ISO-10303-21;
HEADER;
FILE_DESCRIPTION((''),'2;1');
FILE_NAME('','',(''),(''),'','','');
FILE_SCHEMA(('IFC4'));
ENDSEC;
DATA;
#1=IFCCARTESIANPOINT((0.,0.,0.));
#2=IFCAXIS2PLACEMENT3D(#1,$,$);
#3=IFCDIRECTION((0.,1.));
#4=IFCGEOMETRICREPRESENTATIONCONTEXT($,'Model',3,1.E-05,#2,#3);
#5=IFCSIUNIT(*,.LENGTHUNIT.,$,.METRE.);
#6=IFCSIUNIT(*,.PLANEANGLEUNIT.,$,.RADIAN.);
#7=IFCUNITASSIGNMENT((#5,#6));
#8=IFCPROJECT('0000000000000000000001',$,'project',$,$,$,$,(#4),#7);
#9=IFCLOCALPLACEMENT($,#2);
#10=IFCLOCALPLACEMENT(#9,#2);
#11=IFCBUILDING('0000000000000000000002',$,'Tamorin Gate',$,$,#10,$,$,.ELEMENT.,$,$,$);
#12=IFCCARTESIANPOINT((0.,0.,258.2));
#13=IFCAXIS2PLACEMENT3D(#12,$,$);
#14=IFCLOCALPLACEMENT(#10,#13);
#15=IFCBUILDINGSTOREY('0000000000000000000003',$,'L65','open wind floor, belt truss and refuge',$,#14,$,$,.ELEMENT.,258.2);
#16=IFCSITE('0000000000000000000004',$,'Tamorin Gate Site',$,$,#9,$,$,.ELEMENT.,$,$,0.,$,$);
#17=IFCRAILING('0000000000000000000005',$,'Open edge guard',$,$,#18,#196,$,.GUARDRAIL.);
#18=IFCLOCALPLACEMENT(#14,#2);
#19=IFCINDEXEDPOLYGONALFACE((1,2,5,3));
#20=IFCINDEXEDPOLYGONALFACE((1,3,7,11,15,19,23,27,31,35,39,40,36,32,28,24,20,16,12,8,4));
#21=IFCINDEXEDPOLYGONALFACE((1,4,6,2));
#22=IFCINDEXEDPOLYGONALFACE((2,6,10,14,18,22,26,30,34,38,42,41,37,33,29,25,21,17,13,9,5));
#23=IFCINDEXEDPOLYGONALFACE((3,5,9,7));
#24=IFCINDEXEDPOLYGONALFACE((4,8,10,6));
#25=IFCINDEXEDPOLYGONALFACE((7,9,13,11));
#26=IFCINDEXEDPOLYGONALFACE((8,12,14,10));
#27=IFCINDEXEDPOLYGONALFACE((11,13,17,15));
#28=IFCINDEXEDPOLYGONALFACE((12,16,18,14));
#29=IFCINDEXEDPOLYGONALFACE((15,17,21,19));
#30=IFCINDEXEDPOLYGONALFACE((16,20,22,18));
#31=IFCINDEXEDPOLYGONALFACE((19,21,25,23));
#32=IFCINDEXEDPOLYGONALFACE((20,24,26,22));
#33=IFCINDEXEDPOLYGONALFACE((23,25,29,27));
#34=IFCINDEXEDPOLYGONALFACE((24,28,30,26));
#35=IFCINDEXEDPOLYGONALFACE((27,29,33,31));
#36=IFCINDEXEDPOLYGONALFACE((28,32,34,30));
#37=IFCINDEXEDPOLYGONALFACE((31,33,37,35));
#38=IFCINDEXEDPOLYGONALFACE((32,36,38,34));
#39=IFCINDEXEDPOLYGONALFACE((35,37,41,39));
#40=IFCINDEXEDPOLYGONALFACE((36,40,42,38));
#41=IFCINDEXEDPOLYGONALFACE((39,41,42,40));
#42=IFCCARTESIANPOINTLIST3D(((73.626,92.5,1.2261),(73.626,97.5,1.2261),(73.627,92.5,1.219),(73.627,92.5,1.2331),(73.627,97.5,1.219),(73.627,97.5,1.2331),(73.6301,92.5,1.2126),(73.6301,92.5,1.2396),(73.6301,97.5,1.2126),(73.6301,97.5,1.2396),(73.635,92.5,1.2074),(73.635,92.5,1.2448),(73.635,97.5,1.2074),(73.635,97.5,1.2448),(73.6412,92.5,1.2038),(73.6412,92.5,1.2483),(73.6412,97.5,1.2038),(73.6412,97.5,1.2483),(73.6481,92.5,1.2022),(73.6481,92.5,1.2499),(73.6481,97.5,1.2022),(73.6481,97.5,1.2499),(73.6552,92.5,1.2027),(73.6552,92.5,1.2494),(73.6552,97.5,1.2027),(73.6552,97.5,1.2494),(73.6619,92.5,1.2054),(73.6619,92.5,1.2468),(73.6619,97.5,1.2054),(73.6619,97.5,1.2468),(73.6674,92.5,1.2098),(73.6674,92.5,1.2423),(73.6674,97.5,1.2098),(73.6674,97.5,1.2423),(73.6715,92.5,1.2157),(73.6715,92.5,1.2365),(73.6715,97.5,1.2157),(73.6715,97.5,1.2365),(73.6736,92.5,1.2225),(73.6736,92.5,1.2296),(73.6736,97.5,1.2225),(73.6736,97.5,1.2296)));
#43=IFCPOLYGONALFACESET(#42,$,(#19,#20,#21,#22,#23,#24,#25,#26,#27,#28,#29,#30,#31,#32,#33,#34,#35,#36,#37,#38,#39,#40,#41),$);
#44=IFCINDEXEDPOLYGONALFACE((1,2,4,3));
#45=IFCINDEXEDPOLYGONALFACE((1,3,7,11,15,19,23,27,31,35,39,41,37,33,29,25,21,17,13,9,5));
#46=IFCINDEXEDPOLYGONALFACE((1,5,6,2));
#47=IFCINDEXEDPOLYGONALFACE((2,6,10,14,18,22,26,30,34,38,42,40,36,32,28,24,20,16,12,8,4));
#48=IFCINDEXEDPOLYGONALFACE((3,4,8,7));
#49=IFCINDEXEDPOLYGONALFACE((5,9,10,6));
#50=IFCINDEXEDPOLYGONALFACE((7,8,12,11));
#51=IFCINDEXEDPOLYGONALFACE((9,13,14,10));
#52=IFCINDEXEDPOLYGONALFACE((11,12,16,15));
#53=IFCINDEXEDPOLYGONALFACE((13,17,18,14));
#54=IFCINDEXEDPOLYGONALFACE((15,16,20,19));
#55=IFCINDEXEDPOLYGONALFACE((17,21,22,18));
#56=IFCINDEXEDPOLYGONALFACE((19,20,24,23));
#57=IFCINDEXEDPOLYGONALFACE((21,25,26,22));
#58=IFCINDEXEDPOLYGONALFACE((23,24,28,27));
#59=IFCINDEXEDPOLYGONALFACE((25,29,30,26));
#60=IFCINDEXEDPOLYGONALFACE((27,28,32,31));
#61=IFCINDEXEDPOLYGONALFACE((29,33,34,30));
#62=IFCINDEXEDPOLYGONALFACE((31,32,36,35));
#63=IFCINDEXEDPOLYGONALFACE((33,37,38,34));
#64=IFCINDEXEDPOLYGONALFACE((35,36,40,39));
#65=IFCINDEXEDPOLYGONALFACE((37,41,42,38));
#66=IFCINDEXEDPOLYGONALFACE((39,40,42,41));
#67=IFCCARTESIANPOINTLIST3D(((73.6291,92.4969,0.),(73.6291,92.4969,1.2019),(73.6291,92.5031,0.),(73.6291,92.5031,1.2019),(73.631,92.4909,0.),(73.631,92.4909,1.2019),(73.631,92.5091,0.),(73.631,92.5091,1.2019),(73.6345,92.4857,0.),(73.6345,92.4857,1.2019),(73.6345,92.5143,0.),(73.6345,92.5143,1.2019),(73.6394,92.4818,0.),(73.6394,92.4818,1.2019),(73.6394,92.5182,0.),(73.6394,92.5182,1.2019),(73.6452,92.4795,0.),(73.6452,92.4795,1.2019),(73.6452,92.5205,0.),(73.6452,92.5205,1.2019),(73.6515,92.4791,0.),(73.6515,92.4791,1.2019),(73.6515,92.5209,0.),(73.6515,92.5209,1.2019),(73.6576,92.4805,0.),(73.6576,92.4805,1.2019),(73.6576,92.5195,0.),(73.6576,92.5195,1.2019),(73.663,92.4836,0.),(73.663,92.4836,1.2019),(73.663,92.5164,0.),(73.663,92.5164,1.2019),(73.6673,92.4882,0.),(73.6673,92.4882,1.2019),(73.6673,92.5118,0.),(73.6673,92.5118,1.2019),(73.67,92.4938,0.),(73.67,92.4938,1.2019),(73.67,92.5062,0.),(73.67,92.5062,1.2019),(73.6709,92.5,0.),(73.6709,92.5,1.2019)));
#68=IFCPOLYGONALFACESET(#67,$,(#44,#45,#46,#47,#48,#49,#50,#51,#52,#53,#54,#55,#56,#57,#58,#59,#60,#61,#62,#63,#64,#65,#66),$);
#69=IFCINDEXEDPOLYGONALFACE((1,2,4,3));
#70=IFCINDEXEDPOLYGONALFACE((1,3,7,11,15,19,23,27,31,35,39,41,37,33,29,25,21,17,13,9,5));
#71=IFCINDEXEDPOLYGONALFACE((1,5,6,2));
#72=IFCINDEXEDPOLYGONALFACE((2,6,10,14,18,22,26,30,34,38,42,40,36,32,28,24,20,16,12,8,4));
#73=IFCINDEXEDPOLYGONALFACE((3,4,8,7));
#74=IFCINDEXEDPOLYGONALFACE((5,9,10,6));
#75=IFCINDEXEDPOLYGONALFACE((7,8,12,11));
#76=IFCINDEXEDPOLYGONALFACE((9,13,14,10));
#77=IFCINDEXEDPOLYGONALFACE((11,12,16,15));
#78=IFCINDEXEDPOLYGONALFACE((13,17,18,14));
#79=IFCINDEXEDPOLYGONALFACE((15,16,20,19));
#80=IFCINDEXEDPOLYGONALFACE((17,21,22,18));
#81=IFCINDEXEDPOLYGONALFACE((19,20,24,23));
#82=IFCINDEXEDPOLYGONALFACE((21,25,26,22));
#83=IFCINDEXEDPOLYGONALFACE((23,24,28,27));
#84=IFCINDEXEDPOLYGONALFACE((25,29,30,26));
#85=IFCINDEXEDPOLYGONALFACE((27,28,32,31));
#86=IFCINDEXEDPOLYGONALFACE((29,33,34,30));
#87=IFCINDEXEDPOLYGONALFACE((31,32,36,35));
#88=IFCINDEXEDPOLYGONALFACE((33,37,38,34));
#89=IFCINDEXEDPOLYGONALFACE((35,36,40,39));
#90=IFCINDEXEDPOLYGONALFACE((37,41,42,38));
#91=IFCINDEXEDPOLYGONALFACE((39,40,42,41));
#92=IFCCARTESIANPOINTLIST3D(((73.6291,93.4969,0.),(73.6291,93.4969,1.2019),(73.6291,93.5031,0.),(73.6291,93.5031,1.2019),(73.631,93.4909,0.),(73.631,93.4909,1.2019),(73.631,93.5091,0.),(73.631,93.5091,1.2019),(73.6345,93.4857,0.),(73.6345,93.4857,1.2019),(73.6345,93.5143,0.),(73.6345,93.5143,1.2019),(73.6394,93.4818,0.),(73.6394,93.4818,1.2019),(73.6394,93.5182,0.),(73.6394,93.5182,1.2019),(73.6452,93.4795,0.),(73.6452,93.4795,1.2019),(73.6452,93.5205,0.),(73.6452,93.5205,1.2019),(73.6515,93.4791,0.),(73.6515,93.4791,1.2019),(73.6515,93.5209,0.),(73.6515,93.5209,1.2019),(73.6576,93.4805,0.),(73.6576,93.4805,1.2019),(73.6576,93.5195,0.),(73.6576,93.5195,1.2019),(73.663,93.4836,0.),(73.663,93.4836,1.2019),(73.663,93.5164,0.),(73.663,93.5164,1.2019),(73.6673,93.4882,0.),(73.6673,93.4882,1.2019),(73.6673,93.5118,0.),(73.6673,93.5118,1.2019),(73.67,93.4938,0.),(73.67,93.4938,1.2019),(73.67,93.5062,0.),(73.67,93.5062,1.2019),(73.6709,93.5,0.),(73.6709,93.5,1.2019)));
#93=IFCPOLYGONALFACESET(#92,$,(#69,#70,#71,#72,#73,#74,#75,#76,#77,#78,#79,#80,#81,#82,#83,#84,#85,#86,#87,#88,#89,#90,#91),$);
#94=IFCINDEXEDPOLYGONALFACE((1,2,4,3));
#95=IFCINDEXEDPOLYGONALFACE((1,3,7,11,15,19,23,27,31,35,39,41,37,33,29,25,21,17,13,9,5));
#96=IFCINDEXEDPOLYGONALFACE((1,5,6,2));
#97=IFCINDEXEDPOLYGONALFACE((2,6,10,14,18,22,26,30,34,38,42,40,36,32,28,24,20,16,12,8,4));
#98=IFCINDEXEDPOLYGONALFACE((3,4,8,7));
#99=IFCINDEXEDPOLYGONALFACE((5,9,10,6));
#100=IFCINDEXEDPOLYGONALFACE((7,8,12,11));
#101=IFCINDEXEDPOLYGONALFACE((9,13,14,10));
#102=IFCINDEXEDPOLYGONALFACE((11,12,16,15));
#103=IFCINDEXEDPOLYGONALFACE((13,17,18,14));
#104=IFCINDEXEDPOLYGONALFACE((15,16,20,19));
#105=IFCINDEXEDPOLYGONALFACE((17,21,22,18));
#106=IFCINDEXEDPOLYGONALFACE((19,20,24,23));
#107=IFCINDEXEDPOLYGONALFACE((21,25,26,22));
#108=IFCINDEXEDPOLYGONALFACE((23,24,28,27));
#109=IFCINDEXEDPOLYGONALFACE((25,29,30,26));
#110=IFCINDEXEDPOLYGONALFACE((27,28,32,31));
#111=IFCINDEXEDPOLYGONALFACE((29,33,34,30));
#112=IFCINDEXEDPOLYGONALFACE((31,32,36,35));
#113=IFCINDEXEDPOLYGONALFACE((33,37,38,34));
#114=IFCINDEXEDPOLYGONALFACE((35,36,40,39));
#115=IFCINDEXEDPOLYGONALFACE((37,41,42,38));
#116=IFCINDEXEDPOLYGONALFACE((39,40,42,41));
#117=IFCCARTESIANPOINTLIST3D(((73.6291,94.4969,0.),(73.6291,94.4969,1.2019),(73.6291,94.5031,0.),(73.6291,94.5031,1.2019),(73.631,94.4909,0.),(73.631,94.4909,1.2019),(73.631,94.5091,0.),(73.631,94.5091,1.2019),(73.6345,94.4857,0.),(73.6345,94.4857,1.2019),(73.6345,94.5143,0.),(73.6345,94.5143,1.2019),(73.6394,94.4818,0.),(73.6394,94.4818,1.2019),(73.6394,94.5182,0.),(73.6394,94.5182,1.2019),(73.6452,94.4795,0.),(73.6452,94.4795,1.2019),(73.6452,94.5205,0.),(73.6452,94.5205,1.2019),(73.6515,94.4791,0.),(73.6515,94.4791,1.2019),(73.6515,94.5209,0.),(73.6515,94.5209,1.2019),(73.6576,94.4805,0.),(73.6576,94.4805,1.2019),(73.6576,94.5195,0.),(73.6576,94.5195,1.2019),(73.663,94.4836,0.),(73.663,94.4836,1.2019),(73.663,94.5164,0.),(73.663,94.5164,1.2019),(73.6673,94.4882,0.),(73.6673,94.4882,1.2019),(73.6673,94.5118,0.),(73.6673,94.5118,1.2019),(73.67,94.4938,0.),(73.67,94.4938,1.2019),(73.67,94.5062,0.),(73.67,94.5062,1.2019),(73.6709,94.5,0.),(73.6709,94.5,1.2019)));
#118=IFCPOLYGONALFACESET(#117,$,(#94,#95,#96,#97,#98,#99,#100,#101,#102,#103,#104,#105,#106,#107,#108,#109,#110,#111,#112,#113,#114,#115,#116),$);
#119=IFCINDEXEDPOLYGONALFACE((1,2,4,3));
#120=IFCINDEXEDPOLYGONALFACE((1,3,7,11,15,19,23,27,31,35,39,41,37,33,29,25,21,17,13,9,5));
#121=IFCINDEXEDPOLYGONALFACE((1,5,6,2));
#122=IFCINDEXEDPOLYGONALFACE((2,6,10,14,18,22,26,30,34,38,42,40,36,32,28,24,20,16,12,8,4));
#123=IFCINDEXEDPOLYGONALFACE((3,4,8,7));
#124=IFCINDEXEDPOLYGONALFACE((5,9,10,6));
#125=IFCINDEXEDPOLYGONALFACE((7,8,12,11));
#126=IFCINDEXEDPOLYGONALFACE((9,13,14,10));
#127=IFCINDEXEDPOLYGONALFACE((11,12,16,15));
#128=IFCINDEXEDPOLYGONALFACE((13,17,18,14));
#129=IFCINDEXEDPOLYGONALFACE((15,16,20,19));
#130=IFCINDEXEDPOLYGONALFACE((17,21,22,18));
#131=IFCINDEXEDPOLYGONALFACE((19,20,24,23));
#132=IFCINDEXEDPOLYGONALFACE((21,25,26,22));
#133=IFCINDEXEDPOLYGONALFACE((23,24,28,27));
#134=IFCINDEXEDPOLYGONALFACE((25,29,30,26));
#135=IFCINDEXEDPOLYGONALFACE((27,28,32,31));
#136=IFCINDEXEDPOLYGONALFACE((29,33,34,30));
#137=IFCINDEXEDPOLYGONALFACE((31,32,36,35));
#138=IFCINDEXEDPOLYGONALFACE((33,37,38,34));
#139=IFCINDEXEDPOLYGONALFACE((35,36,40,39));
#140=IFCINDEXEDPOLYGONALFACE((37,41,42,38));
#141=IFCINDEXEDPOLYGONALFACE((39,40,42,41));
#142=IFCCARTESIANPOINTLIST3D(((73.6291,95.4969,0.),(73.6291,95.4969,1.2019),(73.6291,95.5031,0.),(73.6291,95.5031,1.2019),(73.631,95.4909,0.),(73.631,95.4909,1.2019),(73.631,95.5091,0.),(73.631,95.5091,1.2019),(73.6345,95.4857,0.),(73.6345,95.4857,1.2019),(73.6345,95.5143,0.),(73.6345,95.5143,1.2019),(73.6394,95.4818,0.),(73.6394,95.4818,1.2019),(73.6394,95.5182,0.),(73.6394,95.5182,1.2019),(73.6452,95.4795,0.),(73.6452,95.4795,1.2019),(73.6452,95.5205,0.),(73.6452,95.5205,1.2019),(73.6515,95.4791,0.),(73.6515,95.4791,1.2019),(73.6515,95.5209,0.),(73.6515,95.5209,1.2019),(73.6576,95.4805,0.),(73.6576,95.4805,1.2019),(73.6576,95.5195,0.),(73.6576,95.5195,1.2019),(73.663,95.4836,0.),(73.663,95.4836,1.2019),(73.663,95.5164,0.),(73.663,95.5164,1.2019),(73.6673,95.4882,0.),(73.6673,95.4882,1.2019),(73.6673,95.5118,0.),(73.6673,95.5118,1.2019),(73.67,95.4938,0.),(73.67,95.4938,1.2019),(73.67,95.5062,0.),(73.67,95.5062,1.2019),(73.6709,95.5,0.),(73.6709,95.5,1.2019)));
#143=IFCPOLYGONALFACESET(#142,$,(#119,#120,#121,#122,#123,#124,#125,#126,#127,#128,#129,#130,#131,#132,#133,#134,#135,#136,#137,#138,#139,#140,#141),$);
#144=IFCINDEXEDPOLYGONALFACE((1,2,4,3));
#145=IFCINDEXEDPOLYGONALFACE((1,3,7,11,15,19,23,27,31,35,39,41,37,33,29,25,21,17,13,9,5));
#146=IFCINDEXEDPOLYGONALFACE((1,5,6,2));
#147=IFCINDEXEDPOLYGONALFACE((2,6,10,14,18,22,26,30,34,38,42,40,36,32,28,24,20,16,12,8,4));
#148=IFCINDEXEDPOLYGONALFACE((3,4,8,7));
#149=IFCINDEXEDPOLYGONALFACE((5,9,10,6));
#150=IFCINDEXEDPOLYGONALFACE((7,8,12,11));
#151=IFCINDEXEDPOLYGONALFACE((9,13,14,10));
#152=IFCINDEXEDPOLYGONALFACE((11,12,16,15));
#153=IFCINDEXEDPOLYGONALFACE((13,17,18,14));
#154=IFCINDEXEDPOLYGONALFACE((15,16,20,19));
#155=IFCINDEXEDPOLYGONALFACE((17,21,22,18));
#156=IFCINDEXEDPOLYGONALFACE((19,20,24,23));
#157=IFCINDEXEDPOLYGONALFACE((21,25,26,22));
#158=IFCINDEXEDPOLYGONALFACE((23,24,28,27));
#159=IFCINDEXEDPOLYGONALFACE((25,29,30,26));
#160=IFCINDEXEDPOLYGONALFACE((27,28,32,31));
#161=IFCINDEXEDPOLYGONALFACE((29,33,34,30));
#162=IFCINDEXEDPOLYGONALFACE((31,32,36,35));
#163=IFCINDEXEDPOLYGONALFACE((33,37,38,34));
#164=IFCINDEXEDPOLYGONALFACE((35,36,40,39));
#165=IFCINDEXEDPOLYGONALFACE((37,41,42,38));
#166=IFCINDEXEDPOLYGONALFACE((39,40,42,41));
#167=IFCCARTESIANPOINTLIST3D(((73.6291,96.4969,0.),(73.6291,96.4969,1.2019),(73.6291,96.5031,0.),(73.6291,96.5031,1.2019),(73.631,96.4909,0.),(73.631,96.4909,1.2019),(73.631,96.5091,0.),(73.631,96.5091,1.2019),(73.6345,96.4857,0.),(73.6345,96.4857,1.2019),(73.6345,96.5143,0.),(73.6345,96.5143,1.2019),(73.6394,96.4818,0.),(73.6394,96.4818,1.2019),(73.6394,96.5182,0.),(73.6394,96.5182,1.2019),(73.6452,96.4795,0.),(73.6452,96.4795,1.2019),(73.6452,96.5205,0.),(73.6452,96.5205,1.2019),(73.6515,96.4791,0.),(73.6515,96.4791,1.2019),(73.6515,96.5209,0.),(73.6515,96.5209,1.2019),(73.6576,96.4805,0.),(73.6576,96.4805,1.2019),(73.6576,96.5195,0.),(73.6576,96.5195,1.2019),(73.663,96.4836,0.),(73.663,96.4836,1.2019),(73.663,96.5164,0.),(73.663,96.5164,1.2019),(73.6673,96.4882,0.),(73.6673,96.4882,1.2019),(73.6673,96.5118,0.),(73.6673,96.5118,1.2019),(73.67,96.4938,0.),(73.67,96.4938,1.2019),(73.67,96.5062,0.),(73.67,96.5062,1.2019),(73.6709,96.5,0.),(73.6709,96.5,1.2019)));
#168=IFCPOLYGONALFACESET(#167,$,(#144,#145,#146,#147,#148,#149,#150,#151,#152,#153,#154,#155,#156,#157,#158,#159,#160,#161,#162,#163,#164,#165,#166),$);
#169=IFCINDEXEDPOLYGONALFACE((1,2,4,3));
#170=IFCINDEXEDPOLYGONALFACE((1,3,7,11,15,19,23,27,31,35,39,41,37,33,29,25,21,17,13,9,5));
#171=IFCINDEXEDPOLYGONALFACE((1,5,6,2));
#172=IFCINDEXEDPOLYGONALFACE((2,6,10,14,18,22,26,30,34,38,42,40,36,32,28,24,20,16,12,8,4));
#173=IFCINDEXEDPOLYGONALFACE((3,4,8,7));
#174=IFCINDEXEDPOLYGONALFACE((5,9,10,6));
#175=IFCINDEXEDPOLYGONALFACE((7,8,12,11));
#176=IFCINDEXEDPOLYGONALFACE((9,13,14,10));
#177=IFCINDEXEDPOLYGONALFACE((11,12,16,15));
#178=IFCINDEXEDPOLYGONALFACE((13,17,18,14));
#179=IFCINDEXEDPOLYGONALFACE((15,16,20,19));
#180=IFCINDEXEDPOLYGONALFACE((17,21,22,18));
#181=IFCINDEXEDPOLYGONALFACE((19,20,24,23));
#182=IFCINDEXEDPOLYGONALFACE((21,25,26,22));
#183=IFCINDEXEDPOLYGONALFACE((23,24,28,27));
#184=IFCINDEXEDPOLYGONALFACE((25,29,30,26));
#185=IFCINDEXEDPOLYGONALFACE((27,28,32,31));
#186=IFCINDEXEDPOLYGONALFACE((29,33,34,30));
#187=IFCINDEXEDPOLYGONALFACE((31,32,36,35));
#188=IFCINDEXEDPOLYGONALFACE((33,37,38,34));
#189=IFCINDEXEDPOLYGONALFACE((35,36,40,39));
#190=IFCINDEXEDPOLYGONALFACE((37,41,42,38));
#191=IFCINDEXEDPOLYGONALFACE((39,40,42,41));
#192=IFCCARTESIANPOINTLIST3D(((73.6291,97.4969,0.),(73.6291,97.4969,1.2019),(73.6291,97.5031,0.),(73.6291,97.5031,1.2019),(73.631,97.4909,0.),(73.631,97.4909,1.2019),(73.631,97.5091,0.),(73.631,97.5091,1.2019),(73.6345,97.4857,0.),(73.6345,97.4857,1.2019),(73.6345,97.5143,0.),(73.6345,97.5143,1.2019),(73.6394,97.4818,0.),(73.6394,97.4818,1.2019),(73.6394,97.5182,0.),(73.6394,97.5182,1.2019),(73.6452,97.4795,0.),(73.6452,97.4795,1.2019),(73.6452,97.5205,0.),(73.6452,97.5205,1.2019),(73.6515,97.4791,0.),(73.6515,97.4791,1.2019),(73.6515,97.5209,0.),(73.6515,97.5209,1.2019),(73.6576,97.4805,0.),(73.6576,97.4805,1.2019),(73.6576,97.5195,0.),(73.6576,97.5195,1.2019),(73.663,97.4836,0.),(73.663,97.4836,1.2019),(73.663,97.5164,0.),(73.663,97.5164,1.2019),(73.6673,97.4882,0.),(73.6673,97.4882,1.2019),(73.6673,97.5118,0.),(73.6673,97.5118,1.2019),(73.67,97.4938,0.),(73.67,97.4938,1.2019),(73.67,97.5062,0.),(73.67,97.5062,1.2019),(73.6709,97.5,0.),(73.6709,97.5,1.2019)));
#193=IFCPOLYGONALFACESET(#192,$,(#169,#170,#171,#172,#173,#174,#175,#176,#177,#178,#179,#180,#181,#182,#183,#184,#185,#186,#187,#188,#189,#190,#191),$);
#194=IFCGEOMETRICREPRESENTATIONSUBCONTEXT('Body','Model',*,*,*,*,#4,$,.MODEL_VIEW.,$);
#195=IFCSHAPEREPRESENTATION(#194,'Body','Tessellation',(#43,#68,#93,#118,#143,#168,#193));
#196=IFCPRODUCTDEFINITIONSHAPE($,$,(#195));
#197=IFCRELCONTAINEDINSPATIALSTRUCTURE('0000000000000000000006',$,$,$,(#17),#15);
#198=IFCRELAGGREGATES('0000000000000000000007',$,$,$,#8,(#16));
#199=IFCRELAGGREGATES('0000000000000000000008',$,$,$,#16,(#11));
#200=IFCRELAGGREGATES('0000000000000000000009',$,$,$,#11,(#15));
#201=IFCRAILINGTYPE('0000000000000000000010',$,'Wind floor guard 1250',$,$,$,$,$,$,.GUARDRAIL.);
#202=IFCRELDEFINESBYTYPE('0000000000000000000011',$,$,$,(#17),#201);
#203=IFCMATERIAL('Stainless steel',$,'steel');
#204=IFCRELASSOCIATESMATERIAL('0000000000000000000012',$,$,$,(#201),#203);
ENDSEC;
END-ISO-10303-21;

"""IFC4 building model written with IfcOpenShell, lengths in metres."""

from ifc_helpers import new_model, si_unit, direction, frame, origin, origin_2d, place, context, subcontext, project, spatial, circle, extrude, material, type_object, element, save


model = new_model("IFC4")

# Units and contexts
model_context = context("Model", 3, precision=1e-05, world=origin(), true_north=direction((0.0, 1.0)))
body_context = subcontext(model_context, "Body", "Model", "MODEL_VIEW")
ifc_project = project(units=[si_unit("LENGTHUNIT", "METRE"), si_unit("PLANEANGLEUNIT", "RADIAN")], contexts=[model_context])

# Site, building, storey
site_placement = place(None, origin())
site = spatial("IfcSite", under=ifc_project, at=site_placement, Name="Tamorin Gate Site", CompositionType="ELEMENT", RefElevation=0.0)
building_placement = place(site_placement, origin())
building = spatial("IfcBuilding", under=site, at=building_placement, Name="Tamorin Gate", CompositionType="ELEMENT")
storey_placement = place(building_placement, frame((0.0, 0.0, 258.2)))
storey = spatial("IfcBuildingStorey", under=building, at=storey_placement, Name="L65", Description="open wind floor, belt truss and refuge", CompositionType="ELEMENT", Elevation=258.2)

# Railing
ifc_material_1 = material(Name="Stainless steel", Category="steel")
railing_type = type_object("IfcRailingType", Name="Wind floor guard 1250", PredefinedType="GUARDRAIL", material=ifc_material_1)
railing_1_placement = place(storey_placement, frame((73.6499, 92.5, 0.0)))
element("IfcRailing", 1, at=railing_1_placement, inside=storey, type_object=railing_type, Name="Open edge guard", PredefinedType="GUARDRAIL", context=body_context, shape_type="SweptSolid", body=[
    extrude(circle(Radius=0.0239, at=origin_2d()), frame((0.0, 0.0, 1.2261), z_axis=(0.0, 1.0, 0.0), x_axis=(-1.0, 0.0, 0.0)), (0.0, 0.0, 1.0), 5.0),
    extrude(circle(Radius=0.021, at=origin_2d()), origin(), (0.0, 0.0, 1.0), 1.2019),
    extrude(circle(Radius=0.021, at=origin_2d()), frame((0.0, 1.0, 0.0)), (0.0, 0.0, 1.0), 1.2019),
    extrude(circle(Radius=0.021, at=origin_2d()), frame((0.0, 2.0, 0.0)), (0.0, 0.0, 1.0), 1.2019),
    extrude(circle(Radius=0.021, at=origin_2d()), frame((0.0, 3.0, 0.0)), (0.0, 0.0, 1.0), 1.2019),
    extrude(circle(Radius=0.021, at=origin_2d()), frame((0.0, 4.0, 0.0)), (0.0, 0.0, 1.0), 1.2019),
    extrude(circle(Radius=0.021, at=origin_2d()), frame((0.0, 5.0, 0.0)), (0.0, 0.0, 1.0), 1.2019),
])

save(model, "model.ifc")
